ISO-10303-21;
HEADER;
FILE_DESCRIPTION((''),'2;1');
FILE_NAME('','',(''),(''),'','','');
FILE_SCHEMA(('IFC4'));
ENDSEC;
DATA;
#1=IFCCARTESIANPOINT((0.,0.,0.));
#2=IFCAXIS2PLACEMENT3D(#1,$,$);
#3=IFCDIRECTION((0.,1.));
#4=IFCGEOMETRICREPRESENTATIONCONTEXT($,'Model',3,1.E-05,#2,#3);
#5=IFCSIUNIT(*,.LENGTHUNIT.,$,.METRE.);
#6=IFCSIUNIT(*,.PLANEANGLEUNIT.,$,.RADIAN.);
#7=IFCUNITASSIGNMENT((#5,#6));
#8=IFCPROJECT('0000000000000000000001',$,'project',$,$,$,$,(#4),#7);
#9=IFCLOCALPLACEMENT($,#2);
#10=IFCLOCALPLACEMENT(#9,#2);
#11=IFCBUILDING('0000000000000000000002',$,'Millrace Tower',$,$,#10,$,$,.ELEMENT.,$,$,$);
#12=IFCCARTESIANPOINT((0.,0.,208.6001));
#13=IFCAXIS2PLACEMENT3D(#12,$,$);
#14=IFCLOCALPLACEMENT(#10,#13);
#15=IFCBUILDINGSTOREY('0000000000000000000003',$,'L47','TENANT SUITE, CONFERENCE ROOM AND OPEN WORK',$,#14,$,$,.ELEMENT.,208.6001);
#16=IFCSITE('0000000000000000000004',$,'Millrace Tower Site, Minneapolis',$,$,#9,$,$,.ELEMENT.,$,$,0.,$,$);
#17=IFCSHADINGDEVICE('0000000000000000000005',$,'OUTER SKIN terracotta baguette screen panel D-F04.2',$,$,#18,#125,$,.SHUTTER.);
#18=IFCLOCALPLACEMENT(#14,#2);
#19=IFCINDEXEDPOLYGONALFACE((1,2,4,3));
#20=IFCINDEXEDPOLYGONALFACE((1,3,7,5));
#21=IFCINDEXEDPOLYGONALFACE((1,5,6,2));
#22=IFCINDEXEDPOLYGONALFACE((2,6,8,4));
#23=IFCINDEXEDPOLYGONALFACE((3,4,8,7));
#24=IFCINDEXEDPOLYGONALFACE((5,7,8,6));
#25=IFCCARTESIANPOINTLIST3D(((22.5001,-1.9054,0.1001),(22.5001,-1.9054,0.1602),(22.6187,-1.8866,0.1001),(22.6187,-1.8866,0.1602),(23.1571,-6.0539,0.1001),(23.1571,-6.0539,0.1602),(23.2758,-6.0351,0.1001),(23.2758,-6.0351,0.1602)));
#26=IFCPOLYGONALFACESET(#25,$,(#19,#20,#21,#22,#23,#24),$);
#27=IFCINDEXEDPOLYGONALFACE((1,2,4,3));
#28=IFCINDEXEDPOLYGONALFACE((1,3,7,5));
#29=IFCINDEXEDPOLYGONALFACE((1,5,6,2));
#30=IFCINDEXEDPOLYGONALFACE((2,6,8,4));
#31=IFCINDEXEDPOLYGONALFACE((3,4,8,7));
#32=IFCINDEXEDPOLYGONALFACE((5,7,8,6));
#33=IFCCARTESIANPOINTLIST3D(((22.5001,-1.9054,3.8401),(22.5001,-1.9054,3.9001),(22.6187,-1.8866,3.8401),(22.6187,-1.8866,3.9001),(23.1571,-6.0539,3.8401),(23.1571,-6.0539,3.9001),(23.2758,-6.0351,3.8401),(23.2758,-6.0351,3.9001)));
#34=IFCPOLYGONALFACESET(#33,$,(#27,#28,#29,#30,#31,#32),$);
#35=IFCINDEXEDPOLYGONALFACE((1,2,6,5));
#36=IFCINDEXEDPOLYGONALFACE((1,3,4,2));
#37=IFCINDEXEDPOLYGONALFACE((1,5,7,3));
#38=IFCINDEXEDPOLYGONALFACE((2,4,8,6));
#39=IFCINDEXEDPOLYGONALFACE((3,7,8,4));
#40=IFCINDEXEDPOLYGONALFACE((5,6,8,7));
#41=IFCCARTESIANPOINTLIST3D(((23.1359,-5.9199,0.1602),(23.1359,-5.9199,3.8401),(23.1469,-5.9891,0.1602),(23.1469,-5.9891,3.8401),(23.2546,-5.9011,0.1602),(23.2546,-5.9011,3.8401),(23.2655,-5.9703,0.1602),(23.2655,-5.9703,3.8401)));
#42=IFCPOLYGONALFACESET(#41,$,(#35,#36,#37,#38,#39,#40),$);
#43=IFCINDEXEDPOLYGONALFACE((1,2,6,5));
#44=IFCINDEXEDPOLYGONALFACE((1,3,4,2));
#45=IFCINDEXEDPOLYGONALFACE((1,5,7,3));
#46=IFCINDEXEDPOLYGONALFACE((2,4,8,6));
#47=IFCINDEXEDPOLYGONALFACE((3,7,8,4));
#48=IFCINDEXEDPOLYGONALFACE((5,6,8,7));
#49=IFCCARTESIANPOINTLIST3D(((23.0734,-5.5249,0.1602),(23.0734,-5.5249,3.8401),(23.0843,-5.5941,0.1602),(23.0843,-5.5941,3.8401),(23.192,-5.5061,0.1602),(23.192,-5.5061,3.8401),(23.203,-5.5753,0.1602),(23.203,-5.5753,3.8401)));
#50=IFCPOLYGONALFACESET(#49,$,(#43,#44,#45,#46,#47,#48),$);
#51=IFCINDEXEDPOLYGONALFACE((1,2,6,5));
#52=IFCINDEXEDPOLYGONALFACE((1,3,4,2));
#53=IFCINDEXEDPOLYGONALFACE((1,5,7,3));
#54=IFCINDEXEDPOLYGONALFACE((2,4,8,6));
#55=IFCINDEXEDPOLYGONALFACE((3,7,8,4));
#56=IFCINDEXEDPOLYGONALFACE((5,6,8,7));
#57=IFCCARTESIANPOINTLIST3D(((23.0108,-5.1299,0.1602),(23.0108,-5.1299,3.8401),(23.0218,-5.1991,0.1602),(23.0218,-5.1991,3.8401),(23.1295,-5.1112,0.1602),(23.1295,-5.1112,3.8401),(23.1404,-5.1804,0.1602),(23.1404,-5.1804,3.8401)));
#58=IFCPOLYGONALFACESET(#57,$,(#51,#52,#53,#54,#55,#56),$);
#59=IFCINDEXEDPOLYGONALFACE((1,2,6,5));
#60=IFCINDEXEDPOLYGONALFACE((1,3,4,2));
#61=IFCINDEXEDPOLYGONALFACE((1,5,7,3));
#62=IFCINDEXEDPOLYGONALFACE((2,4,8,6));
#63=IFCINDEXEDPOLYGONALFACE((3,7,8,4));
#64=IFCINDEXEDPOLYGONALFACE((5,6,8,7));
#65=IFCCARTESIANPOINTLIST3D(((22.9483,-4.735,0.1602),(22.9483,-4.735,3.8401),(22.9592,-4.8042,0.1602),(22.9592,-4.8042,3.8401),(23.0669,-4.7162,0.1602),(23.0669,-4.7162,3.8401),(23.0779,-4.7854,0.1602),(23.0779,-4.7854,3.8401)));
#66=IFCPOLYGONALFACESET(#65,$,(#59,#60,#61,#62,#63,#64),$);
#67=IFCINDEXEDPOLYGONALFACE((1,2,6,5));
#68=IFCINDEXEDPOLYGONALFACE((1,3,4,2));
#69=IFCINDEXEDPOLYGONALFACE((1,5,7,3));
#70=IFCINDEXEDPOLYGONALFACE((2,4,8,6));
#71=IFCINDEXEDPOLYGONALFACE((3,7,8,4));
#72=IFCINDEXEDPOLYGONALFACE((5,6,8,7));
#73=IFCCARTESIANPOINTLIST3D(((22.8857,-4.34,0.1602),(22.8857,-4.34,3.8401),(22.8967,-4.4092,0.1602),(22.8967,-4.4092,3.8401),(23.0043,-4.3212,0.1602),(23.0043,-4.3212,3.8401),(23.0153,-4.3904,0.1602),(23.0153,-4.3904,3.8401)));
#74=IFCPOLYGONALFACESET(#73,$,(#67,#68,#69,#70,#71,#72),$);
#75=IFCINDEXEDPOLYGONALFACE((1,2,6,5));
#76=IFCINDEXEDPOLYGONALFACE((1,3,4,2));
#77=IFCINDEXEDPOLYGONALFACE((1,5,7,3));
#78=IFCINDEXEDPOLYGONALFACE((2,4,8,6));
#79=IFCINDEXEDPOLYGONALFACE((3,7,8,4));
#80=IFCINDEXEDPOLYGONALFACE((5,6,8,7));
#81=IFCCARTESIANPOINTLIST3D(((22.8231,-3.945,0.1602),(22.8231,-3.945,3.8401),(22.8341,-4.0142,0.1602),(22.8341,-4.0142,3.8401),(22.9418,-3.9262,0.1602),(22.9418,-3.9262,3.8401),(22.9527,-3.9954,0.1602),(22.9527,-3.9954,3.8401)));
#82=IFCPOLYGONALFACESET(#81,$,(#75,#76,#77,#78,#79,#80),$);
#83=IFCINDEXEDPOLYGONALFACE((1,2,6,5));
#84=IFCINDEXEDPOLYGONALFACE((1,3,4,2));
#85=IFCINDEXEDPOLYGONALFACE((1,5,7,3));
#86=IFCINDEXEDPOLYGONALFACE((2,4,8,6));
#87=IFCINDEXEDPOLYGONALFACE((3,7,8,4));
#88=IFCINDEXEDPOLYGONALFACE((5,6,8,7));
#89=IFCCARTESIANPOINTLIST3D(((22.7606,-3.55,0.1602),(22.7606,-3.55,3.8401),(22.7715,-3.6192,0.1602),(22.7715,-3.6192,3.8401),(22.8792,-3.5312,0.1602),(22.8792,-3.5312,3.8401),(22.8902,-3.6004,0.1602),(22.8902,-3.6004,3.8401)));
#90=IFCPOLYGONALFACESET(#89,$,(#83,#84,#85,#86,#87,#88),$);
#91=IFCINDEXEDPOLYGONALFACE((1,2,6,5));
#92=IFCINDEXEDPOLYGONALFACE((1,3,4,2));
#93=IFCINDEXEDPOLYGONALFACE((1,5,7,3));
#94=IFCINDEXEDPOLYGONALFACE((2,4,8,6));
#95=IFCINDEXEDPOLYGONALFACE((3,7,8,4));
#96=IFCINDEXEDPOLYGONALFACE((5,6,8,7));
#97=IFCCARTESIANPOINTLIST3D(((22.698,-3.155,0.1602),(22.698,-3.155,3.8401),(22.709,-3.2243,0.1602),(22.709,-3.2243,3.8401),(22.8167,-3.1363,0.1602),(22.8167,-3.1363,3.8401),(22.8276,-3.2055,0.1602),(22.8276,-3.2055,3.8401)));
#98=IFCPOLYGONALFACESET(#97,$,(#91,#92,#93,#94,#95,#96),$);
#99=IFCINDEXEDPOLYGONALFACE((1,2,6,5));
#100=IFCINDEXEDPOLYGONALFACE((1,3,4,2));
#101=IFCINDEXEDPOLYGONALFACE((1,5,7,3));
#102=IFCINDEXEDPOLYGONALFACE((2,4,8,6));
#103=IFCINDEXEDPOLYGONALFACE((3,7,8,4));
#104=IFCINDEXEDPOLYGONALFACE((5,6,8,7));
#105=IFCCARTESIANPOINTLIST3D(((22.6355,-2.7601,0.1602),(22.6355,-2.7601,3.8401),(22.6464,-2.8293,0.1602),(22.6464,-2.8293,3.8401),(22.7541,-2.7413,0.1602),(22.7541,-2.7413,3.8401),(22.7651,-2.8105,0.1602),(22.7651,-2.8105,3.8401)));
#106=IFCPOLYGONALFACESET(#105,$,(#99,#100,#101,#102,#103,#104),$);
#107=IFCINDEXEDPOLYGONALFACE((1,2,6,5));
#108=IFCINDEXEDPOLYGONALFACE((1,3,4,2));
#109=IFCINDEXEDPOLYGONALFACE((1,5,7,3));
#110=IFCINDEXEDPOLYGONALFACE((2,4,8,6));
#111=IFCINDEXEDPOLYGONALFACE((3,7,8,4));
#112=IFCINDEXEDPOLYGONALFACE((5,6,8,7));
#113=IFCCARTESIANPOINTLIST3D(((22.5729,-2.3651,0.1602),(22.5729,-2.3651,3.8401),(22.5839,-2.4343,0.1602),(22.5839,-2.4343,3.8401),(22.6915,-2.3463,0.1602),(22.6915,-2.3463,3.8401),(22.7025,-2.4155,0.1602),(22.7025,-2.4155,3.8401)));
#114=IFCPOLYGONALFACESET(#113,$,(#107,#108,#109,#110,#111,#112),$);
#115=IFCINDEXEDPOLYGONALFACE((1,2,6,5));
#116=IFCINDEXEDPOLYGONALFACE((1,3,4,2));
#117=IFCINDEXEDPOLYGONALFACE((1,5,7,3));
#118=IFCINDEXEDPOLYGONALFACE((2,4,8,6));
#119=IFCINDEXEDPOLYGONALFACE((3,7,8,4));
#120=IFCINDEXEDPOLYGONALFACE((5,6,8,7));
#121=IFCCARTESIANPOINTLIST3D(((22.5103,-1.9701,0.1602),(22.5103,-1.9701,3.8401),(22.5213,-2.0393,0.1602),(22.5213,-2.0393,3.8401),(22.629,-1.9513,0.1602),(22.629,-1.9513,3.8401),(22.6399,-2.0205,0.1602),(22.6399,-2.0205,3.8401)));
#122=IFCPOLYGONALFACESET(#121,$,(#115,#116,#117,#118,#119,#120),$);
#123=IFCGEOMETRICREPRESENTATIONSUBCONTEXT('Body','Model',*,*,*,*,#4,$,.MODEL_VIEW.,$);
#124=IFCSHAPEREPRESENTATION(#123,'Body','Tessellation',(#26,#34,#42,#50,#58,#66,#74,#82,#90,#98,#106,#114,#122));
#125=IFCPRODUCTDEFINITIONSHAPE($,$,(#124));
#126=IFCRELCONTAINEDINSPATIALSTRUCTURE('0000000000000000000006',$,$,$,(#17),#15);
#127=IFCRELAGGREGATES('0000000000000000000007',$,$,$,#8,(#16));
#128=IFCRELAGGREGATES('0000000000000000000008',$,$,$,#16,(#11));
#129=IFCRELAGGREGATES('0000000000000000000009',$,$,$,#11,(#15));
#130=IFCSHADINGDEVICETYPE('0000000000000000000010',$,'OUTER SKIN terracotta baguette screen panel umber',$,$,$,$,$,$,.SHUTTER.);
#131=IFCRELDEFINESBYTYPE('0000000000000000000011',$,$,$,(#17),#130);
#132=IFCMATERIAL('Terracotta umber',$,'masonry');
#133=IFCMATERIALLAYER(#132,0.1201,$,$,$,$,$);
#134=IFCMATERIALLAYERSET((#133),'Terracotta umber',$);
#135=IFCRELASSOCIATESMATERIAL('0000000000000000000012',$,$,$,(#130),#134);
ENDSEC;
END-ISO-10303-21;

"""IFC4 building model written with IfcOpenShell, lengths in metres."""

from ifc_helpers import new_model, entity, si_unit, direction, frame, frame_2d, origin, origin_2d, place, context, subcontext, project, spatial, rectangle, extrude, source, transform, mapped, material, layer, layer_set, type_object, element, save


model = new_model("IFC4")

# Units and contexts
model_context = context("Model", 3, precision=1e-05, world=origin(), true_north=direction((0.0, 1.0)))
body_context = subcontext(model_context, "Body", "Model", "MODEL_VIEW")
ifc_project = project(units=[si_unit("LENGTHUNIT", "METRE"), si_unit("PLANEANGLEUNIT", "RADIAN")], contexts=[model_context])

# Site, building, storey
site_placement = place(None, origin())
site = spatial("IfcSite", under=ifc_project, at=site_placement, Name="Millrace Tower Site, Minneapolis", CompositionType="ELEMENT", RefElevation=0.0)
building_placement = place(site_placement, origin())
building = spatial("IfcBuilding", under=site, at=building_placement, Name="Millrace Tower", CompositionType="ELEMENT")
storey_placement = place(building_placement, frame((0.0, 0.0, 208.6001)))
storey = spatial("IfcBuildingStorey", under=building, at=storey_placement, Name="L47", Description="TENANT SUITE, CONFERENCE ROOM AND OPEN WORK", CompositionType="ELEMENT", Elevation=208.6001)

# Shading device
ifc_material_1 = material(Name="Terracotta umber", Category="masonry")
ifc_layer_1 = layer(ifc_material_1, 0.1201)
ifc_layer_set_1 = layer_set([ifc_layer_1], Name="Terracotta umber")
shading_device_type = type_object("IfcShadingDeviceType", Name="OUTER SKIN terracotta baguette screen panel umber", PredefinedType="SHUTTER", material=ifc_layer_set_1)
cartesian_point_1 = entity("IfcCartesianPoint", [-2.1001, 0.0601])
shared_polyline_1 = entity("IfcPolyline", [cartesian_point_1, entity("IfcCartesianPoint", [2.1001, 0.0601]), entity("IfcCartesianPoint", [2.1001, -0.0601]), entity("IfcCartesianPoint", [-2.1001, -0.0601]), cartesian_point_1])
shared_shape_1 = source(origin(), body_context, "Body", "SweptSolid", [
    entity("IfcExtrudedAreaSolid", entity("IfcArbitraryClosedProfileDef", "AREA", None, shared_polyline_1), entity("IfcAxis2Placement3D", entity("IfcCartesianPoint", [0.0, 0.0, 0.0])), entity("IfcDirection", [0.0, 0.0, 1.0]), 0.0601),
    entity("IfcExtrudedAreaSolid", entity("IfcArbitraryClosedProfileDef", "AREA", None, shared_polyline_1), entity("IfcAxis2Placement3D", entity("IfcCartesianPoint", [0.0, 0.0, 3.74])), entity("IfcDirection", [0.0, 0.0, 1.0]), 0.0601),
    extrude(rectangle(XDim=0.0701, YDim=0.1201, at=frame_2d((-1.9995, 0.0))), frame((0.0, 0.0, 0.0601)), (0.0, 0.0, 1.0), 3.6799),
    extrude(rectangle(XDim=0.0701, YDim=0.1201, at=frame_2d((-1.5996, 0.0))), frame((0.0, 0.0, 0.0601)), (0.0, 0.0, 1.0), 3.6799),
    extrude(rectangle(XDim=0.0701, YDim=0.1201, at=frame_2d((-1.1997, 0.0))), frame((0.0, 0.0, 0.0601)), (0.0, 0.0, 1.0), 3.6799),
    extrude(rectangle(XDim=0.0701, YDim=0.1201, at=frame_2d((-0.7998, 0.0))), frame((0.0, 0.0, 0.0601)), (0.0, 0.0, 1.0), 3.6799),
    extrude(rectangle(XDim=0.0701, YDim=0.1201, at=frame_2d((-0.3999, 0.0))), frame((0.0, 0.0, 0.0601)), (0.0, 0.0, 1.0), 3.6799),
    extrude(rectangle(XDim=0.0701, YDim=0.1201, at=origin_2d()), frame((0.0, 0.0, 0.0601)), (0.0, 0.0, 1.0), 3.6799),
    extrude(rectangle(XDim=0.0701, YDim=0.1201, at=frame_2d((0.3999, 0.0))), frame((0.0, 0.0, 0.0601)), (0.0, 0.0, 1.0), 3.6799),
    extrude(rectangle(XDim=0.0701, YDim=0.1201, at=frame_2d((0.7998, 0.0))), frame((0.0, 0.0, 0.0601)), (0.0, 0.0, 1.0), 3.6799),
    extrude(rectangle(XDim=0.0701, YDim=0.1201, at=frame_2d((1.1997, 0.0))), frame((0.0, 0.0, 0.0601)), (0.0, 0.0, 1.0), 3.6799),
    extrude(rectangle(XDim=0.0701, YDim=0.1201, at=frame_2d((1.5996, 0.0))), frame((0.0, 0.0, 0.0601)), (0.0, 0.0, 1.0), 3.6799),
    extrude(rectangle(XDim=0.0701, YDim=0.1201, at=frame_2d((1.9995, 0.0))), frame((0.0, 0.0, 0.0601)), (0.0, 0.0, 1.0), 3.6799),
])
shading_device_1_placement = place(storey_placement, frame((22.8879, -3.9702, 0.1001), z_axis=(0.0, 0.0, 1.0), x_axis=(-0.156434, 0.987688, 0.0)))
element("IfcShadingDevice", 1, at=shading_device_1_placement, inside=storey, type_object=shading_device_type, Name="OUTER SKIN terracotta baguette screen panel D-F04.2", PredefinedType="SHUTTER", context=body_context, shape_type="MappedRepresentation", body=[
    mapped(shared_shape_1, transform((0.0, 0.0, 0.0), scale=1.0)),
])

save(model, "model.ifc")
